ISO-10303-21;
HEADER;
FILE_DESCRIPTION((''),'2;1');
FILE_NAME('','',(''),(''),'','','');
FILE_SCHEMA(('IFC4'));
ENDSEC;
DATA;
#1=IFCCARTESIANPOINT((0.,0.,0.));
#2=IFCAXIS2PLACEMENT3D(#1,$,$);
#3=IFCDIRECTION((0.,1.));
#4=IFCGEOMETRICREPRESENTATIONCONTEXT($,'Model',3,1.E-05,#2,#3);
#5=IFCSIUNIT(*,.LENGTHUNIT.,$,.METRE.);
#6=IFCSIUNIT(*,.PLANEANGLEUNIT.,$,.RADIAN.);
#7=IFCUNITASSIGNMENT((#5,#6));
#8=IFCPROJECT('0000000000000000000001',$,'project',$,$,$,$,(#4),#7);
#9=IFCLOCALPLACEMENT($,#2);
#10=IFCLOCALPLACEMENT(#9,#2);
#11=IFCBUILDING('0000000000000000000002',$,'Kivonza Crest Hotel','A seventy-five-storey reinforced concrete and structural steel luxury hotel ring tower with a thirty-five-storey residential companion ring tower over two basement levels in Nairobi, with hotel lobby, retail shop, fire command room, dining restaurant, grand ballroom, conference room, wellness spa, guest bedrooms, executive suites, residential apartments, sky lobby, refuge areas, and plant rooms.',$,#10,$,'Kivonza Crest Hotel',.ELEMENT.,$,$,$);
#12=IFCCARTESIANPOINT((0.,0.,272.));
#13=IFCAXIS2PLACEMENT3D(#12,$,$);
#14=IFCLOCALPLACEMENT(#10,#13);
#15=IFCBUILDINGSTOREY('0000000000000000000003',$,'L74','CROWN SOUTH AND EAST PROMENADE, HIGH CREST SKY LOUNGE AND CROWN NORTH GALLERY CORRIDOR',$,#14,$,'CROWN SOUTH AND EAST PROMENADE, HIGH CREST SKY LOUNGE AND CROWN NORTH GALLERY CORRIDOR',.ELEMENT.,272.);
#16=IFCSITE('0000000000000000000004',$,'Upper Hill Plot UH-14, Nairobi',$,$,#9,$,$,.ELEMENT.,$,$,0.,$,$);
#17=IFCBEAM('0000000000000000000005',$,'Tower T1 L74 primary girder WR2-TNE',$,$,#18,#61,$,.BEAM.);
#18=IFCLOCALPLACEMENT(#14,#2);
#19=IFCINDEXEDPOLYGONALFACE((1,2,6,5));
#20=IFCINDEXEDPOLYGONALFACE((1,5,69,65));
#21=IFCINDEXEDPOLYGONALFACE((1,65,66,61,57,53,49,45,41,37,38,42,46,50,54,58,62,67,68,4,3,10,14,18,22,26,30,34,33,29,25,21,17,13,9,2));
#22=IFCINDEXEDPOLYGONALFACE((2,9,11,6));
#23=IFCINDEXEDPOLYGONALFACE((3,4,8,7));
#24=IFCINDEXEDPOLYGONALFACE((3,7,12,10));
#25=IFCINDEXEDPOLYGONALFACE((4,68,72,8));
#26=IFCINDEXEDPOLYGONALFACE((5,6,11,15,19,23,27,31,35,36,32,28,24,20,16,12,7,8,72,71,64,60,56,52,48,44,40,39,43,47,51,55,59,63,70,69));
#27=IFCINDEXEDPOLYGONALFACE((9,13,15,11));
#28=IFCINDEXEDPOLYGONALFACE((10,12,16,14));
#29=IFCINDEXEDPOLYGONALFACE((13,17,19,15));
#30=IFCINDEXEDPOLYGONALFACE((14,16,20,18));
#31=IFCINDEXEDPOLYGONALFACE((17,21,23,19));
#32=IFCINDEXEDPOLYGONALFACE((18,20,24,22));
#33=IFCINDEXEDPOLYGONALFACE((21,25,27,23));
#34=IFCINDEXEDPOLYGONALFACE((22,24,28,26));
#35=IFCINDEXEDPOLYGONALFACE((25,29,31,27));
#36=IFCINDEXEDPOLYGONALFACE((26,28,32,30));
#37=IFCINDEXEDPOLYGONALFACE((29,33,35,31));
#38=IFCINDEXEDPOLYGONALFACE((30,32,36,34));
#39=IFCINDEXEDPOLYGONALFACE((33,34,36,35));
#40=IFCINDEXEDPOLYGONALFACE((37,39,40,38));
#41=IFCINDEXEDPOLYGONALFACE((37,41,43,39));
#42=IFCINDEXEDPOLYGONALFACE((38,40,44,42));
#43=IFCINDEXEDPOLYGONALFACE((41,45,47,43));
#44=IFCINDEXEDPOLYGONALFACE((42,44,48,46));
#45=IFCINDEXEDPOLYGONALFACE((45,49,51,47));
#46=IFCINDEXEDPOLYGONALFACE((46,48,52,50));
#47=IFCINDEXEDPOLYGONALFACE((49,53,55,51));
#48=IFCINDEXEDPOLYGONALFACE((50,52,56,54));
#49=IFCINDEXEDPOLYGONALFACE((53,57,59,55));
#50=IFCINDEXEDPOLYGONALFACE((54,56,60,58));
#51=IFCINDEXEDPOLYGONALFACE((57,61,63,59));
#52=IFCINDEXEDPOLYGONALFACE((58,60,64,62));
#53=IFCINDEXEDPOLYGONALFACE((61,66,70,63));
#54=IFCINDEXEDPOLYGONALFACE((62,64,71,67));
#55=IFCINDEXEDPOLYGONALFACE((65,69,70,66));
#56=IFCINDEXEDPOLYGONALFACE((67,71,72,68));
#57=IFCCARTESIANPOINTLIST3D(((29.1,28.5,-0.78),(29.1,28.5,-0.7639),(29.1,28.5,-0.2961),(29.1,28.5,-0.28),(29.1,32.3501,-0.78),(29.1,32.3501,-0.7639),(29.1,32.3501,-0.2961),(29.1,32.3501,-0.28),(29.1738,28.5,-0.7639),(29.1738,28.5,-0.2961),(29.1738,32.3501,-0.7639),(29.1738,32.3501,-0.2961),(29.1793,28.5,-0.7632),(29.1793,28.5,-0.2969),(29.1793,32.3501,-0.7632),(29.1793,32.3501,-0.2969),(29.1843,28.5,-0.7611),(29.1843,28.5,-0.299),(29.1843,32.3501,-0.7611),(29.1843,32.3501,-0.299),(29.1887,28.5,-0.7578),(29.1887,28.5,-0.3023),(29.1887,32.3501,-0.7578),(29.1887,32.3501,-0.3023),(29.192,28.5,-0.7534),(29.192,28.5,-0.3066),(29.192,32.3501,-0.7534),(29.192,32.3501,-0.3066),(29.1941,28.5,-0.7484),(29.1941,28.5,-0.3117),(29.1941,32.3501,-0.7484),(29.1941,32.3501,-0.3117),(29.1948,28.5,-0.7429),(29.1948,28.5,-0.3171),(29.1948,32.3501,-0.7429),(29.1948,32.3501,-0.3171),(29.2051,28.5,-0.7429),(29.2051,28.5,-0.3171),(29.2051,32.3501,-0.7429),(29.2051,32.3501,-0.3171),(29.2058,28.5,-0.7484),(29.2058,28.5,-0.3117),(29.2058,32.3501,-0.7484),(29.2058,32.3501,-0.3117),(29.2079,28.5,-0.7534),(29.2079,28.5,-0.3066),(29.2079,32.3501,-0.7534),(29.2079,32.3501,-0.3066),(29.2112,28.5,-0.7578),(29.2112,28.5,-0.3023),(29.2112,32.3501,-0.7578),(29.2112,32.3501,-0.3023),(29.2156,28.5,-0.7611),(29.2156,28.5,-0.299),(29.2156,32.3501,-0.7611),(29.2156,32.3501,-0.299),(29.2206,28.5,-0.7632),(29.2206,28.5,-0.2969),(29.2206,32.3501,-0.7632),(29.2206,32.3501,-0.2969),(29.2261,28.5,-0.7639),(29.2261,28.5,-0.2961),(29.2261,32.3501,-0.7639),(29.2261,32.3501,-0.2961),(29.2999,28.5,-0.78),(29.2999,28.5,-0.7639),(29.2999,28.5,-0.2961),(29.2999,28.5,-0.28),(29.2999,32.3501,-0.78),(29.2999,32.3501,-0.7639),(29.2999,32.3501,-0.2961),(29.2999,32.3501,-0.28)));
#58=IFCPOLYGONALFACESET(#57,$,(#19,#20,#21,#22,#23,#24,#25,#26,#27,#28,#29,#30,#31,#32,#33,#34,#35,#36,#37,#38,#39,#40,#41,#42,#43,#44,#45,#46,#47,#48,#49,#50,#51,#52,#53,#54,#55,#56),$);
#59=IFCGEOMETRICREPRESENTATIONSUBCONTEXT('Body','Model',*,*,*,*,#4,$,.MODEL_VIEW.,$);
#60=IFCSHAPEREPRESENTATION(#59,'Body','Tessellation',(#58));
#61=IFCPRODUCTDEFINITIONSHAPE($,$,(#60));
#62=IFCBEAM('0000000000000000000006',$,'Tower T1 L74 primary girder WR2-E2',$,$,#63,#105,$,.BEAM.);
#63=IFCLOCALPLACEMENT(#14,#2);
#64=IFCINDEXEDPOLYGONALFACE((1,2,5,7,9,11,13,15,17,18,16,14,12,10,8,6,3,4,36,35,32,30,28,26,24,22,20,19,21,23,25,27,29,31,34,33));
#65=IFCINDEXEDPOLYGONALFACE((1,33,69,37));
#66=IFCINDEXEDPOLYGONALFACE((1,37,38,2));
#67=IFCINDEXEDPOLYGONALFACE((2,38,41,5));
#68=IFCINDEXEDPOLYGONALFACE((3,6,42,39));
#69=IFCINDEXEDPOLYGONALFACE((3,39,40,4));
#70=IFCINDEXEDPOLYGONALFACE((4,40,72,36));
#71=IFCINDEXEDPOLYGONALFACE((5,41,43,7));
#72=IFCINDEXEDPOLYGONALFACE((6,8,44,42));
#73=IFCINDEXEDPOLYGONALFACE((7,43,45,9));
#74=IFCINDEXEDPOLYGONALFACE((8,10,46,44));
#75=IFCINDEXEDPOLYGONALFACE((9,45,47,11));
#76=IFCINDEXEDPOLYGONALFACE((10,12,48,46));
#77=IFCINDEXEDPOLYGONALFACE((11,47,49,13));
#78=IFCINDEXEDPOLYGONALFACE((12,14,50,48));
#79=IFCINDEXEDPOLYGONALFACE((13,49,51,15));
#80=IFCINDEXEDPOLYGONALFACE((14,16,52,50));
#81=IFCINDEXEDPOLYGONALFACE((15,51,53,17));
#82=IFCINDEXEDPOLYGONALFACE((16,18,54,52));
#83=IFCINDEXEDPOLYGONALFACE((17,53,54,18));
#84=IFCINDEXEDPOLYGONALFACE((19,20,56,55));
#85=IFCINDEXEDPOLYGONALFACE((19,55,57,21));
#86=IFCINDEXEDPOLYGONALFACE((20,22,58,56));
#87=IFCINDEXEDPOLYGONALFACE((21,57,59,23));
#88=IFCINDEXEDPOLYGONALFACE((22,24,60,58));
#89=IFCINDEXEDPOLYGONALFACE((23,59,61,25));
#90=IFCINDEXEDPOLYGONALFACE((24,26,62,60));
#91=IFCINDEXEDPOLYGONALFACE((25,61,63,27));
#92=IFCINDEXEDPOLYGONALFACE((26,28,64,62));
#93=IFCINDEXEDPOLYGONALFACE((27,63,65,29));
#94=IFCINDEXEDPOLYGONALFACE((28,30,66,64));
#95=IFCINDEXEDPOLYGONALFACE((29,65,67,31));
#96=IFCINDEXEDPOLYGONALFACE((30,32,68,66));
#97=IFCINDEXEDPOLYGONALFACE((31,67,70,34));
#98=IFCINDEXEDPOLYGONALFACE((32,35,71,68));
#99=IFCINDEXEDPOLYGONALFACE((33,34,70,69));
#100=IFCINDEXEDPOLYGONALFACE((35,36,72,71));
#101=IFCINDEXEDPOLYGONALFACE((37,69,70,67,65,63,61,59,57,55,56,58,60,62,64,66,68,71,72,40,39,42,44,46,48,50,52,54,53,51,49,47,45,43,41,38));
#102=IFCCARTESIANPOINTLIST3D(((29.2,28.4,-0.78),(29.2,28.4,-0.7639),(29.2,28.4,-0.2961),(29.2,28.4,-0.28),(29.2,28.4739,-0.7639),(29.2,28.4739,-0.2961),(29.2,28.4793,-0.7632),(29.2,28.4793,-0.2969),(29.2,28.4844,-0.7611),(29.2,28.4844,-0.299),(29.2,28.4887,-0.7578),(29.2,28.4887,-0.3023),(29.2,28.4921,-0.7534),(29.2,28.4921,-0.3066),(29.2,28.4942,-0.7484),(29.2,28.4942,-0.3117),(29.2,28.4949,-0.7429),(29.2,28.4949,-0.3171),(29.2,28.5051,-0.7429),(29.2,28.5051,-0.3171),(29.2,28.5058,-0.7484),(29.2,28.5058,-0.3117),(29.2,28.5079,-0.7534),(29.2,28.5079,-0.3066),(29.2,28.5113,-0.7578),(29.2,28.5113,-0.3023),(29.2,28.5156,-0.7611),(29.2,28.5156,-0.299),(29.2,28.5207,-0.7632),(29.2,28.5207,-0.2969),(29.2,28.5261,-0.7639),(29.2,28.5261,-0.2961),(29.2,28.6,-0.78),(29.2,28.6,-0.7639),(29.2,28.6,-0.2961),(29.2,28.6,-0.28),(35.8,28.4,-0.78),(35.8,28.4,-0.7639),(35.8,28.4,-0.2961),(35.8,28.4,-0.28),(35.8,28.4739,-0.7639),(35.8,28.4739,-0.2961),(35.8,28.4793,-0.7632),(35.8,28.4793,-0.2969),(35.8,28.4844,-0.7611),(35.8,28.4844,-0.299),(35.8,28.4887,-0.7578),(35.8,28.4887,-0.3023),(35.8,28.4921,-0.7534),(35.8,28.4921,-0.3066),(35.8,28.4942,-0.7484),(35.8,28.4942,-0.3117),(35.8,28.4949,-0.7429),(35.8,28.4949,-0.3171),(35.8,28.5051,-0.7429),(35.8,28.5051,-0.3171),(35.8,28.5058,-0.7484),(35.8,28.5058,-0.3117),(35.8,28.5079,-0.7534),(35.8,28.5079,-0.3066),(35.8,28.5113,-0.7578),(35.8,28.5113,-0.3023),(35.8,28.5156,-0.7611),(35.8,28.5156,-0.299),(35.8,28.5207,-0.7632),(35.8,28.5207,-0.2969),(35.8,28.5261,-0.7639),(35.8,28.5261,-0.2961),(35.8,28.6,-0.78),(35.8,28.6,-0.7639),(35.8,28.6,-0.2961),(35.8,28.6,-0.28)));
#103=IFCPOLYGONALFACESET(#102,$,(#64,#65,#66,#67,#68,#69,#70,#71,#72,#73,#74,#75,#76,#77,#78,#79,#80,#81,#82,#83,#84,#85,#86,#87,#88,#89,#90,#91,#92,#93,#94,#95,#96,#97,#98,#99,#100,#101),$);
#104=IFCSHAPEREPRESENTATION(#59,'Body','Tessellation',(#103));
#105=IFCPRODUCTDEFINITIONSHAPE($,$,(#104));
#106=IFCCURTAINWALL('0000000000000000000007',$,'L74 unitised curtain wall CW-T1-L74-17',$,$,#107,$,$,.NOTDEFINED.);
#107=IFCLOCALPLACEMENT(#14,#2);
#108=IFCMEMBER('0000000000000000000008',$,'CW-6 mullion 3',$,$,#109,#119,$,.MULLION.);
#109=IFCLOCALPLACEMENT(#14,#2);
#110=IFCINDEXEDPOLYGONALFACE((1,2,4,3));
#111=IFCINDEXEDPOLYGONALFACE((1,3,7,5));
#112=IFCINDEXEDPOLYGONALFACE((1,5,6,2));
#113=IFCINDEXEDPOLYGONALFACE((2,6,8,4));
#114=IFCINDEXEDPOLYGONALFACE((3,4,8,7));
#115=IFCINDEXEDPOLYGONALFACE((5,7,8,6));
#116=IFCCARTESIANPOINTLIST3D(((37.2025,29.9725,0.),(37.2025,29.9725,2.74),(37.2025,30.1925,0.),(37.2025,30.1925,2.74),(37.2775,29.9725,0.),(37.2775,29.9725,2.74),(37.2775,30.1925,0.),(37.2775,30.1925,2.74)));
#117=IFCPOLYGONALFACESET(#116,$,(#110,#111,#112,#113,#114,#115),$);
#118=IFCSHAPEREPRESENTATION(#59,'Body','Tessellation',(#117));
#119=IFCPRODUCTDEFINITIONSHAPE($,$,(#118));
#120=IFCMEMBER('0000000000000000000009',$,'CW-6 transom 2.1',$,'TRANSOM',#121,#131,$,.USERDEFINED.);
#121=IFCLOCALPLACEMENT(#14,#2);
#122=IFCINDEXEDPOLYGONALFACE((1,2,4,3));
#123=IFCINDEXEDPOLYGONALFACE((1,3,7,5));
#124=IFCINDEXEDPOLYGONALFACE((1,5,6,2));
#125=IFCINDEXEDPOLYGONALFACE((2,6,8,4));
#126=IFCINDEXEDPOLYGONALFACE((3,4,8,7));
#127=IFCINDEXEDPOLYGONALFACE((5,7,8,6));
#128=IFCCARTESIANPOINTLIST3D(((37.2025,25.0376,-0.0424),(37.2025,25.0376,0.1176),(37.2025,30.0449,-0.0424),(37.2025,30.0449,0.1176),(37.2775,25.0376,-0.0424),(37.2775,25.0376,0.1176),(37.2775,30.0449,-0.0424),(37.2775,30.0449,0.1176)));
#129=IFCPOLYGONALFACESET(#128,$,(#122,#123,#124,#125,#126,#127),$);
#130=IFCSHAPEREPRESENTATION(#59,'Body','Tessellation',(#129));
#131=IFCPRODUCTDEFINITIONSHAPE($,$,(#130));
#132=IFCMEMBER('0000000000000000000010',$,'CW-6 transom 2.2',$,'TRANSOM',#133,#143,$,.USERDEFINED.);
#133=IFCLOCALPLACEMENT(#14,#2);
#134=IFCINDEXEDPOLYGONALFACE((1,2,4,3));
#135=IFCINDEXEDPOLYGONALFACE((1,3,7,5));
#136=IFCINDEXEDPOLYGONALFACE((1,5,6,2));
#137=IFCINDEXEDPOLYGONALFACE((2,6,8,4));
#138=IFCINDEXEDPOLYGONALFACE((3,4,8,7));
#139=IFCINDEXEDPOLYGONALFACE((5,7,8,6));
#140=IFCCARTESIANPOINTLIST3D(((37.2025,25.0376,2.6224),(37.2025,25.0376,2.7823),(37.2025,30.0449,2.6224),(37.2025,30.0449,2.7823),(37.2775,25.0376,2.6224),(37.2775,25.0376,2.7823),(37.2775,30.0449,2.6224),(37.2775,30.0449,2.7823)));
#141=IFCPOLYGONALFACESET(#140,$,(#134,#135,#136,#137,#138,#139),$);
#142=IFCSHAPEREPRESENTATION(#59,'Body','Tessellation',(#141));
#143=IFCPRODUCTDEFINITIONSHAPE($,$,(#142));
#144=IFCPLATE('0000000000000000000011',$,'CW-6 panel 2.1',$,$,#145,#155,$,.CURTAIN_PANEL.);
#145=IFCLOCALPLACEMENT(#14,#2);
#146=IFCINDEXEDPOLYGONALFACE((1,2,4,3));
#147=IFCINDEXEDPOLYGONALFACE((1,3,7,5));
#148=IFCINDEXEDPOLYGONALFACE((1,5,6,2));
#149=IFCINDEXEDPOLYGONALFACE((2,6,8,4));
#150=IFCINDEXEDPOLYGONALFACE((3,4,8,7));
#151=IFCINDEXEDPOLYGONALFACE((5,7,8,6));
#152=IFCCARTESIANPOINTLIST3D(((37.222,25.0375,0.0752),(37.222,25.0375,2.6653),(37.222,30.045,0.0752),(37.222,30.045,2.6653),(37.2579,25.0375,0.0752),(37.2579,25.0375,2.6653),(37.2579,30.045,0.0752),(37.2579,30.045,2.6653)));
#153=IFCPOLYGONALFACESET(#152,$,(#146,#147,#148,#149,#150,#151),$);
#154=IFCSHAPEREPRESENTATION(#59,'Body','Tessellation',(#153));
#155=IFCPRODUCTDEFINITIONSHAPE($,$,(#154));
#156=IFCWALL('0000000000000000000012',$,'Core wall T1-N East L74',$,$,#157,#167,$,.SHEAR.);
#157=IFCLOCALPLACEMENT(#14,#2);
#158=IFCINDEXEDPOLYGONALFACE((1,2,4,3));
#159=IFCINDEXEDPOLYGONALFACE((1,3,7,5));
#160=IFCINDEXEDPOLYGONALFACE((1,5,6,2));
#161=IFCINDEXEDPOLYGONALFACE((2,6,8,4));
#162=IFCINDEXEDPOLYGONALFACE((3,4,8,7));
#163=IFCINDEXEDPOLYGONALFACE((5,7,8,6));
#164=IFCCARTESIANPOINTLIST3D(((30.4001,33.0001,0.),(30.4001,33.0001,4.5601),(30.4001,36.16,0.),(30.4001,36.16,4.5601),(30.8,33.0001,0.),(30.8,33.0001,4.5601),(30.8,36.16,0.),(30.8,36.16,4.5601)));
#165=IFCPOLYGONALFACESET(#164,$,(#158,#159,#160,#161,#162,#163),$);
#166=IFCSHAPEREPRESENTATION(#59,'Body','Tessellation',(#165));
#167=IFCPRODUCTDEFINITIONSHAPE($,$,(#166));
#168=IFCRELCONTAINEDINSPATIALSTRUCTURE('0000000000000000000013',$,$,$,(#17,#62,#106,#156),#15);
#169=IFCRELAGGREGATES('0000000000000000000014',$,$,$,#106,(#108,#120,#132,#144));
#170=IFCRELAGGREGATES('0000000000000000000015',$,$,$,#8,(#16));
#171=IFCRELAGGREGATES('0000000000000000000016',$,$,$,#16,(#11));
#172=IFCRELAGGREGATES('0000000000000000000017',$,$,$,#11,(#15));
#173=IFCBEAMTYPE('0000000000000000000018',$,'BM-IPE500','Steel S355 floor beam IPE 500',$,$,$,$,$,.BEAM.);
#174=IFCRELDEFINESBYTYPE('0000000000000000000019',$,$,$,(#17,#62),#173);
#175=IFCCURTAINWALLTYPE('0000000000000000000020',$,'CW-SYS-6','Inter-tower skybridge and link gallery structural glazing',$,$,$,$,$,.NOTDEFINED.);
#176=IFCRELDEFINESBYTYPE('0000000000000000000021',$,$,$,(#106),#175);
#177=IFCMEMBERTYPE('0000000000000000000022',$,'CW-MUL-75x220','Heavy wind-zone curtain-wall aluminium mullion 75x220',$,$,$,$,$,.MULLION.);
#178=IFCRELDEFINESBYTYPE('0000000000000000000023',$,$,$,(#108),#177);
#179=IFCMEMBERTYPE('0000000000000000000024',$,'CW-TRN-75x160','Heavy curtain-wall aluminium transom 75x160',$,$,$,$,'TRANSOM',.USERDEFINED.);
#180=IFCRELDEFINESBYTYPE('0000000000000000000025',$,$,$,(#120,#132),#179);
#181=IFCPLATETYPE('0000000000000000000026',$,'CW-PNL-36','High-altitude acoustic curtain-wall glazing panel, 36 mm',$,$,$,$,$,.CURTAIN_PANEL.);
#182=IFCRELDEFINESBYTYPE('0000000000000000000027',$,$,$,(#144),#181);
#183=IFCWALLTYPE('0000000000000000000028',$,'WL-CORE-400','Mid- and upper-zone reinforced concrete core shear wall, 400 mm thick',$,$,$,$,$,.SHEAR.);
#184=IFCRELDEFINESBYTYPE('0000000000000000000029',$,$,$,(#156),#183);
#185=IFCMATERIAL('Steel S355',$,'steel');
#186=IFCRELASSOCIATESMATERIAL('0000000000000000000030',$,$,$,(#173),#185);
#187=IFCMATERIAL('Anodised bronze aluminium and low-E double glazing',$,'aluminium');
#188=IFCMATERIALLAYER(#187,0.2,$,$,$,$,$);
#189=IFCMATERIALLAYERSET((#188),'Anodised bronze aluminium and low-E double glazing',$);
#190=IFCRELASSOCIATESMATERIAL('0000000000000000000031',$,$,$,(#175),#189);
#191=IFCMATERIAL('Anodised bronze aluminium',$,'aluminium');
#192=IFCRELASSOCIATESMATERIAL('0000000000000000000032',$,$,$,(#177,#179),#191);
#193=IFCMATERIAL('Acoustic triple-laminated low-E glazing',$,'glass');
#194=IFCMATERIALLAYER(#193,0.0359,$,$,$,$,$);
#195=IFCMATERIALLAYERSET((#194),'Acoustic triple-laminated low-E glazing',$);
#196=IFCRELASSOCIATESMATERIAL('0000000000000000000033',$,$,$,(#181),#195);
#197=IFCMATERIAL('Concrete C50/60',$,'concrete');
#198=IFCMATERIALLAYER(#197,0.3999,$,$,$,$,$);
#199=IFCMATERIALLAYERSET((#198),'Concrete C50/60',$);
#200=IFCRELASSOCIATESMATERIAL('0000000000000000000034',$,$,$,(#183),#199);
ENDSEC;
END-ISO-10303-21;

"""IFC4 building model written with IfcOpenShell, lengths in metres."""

from ifc_helpers import new_model, si_unit, direction, frame, frame_2d, origin, origin_2d, place, context, subcontext, project, spatial, rectangle, i_section, extrude, material, layer, layer_set, material_profile, profile_set, type_object, element, aggregate, save


model = new_model("IFC4")

# Units and contexts
model_context = context("Model", 3, precision=1e-05, world=origin(), true_north=direction((0.0, 1.0)))
body_context = subcontext(model_context, "Body", "Model", "MODEL_VIEW")
ifc_project = project(units=[si_unit("LENGTHUNIT", "METRE"), si_unit("PLANEANGLEUNIT", "RADIAN")], contexts=[model_context])

# Site, building, storey
site_placement = place(None, origin())
site = spatial("IfcSite", under=ifc_project, at=site_placement, Name="Upper Hill Plot UH-14, Nairobi", CompositionType="ELEMENT", RefElevation=0.0)
building_placement = place(site_placement, origin())
building = spatial("IfcBuilding", under=site, at=building_placement, Name="Kivonza Crest Hotel", Description="A seventy-five-storey reinforced concrete and structural steel luxury hotel ring tower with a thirty-five-storey residential companion ring tower over two basement levels in Nairobi, with hotel lobby, retail shop, fire command room, dining restaurant, grand ballroom, conference room, wellness spa, guest bedrooms, executive suites, residential apartments, sky lobby, refuge areas, and plant rooms.", LongName="Kivonza Crest Hotel", CompositionType="ELEMENT")
storey_placement = place(building_placement, frame((0.0, 0.0, 272.0)))
storey = spatial("IfcBuildingStorey", under=building, at=storey_placement, Name="L74", Description="CROWN SOUTH AND EAST PROMENADE, HIGH CREST SKY LOUNGE AND CROWN NORTH GALLERY CORRIDOR", LongName="CROWN SOUTH AND EAST PROMENADE, HIGH CREST SKY LOUNGE AND CROWN NORTH GALLERY CORRIDOR", CompositionType="ELEMENT", Elevation=272.0)

# Shared definitions
ifc_material_1 = material(Name="Concrete C50/60", Category="concrete")

# Beams
ifc_material_2 = material(Name="Steel S355", Category="steel")
ifc_material_profile_1 = material_profile(ifc_material_2, i_section(OverallWidth=0.2, OverallDepth=0.5, WebThickness=0.0103, FlangeThickness=0.0161, FilletRadius=0.021, at=origin_2d()), Name="IPE 500")
ifc_profile_set_1 = profile_set([ifc_material_profile_1], Name="Steel S355")
beam_type_1 = type_object("IfcBeamType", Name="BM-IPE500", Description="Steel S355 floor beam IPE 500", PredefinedType="BEAM", material=ifc_profile_set_1)
beam_1_placement = place(storey_placement, frame((29.2, 28.5, -0.53), z_axis=(0.0, 1.0, 0.0), x_axis=(-1.0, 0.0, 0.0)))
element("IfcBeam", 1, at=beam_1_placement, inside=storey, type_object=beam_type_1, Name="Tower T1 L74 primary girder WR2-TNE", PredefinedType="BEAM", context=body_context, shape_type="SweptSolid", body=[
    extrude(i_section(OverallWidth=0.2, OverallDepth=0.5, WebThickness=0.0103, FlangeThickness=0.0161, FilletRadius=0.021, at=origin_2d()), origin(), (0.0, 0.0, 1.0), 3.8501),
])
beam_2_placement = place(storey_placement, frame((29.2, 28.5, -0.53), z_axis=(1.0, 0.0, 0.0), x_axis=(0.0, 1.0, 0.0)))
element("IfcBeam", 2, at=beam_2_placement, inside=storey, type_object=beam_type_1, Name="Tower T1 L74 primary girder WR2-E2", PredefinedType="BEAM", context=body_context, shape_type="SweptSolid", body=[
    extrude(i_section(OverallWidth=0.2, OverallDepth=0.5, WebThickness=0.0103, FlangeThickness=0.0161, FilletRadius=0.021, at=origin_2d()), origin(), (0.0, 0.0, 1.0), 6.6001),
])

# Curtain wall, members, plate
ifc_material_3 = material(Name="Anodised bronze aluminium and low-E double glazing", Category="aluminium")
ifc_layer_1 = layer(ifc_material_3, 0.2)
ifc_layer_set_1 = layer_set([ifc_layer_1], Name="Anodised bronze aluminium and low-E double glazing")
curtain_wall_type = type_object("IfcCurtainWallType", Name="CW-SYS-6", Description="Inter-tower skybridge and link gallery structural glazing", PredefinedType="NOTDEFINED", material=ifc_layer_set_1)
curtain_wall_placement = place(storey_placement, origin())
curtain_wall = element("IfcCurtainWall", 3, at=curtain_wall_placement, inside=storey, type_object=curtain_wall_type, Name="L74 unitised curtain wall CW-T1-L74-17", PredefinedType="NOTDEFINED")
ifc_material_4 = material(Name="Anodised bronze aluminium", Category="aluminium")
ifc_material_profile_2 = material_profile(ifc_material_4, rectangle(XDim=0.075, YDim=0.22, at=origin_2d()), Name="CW-M 75x220")
ifc_profile_set_2 = profile_set([ifc_material_profile_2], Name="Anodised bronze aluminium")
member_type_1 = type_object("IfcMemberType", Name="CW-MUL-75x220", Description="Heavy wind-zone curtain-wall aluminium mullion 75x220", PredefinedType="MULLION", material=ifc_profile_set_2)
member_1_placement = place(storey_placement, frame((37.24, 30.0825, 0.0), z_axis=(0.0, 0.0, 1.0), x_axis=(-1.0, 0.0, 0.0)))
member_1 = element("IfcMember", 4, at=member_1_placement, type_object=member_type_1, Name="CW-6 mullion 3", PredefinedType="MULLION", context=body_context, shape_type="SweptSolid", body=[
    extrude(rectangle(XDim=0.075, YDim=0.22, at=origin_2d()), origin(), (0.0, 0.0, 1.0), 2.74),
])
ifc_material_profile_3 = material_profile(ifc_material_4, rectangle(XDim=0.075, YDim=0.1599, at=origin_2d()), Name="CW-T 75x160")
ifc_profile_set_3 = profile_set([ifc_material_profile_3], Name="Anodised bronze aluminium")
member_type_2 = type_object("IfcMemberType", Name="CW-TRN-75x160", Description="Heavy curtain-wall aluminium transom 75x160", ElementType="TRANSOM", PredefinedType="USERDEFINED", material=ifc_profile_set_3)
member_2_placement = place(storey_placement, frame((37.24, 25.0376, 0.0376), z_axis=(0.0, 1.0, 0.0), x_axis=(-1.0, 0.0, 0.0)))
member_2 = element("IfcMember", 5, at=member_2_placement, type_object=member_type_2, Name="CW-6 transom 2.1", ObjectType="TRANSOM", PredefinedType="USERDEFINED", context=body_context, shape_type="SweptSolid", body=[
    extrude(rectangle(XDim=0.075, YDim=0.1599, at=origin_2d()), origin(), (0.0, 0.0, 1.0), 5.0073),
])
member_3_placement = place(storey_placement, frame((37.24, 25.0376, 2.7024), z_axis=(0.0, 1.0, 0.0), x_axis=(-1.0, 0.0, 0.0)))
member_3 = element("IfcMember", 6, at=member_3_placement, type_object=member_type_2, Name="CW-6 transom 2.2", ObjectType="TRANSOM", PredefinedType="USERDEFINED", context=body_context, shape_type="SweptSolid", body=[
    extrude(rectangle(XDim=0.075, YDim=0.1599, at=origin_2d()), origin(), (0.0, 0.0, 1.0), 5.0073),
])
ifc_material_5 = material(Name="Acoustic triple-laminated low-E glazing", Category="glass")
ifc_layer_2 = layer(ifc_material_5, 0.0359)
ifc_layer_set_2 = layer_set([ifc_layer_2], Name="Acoustic triple-laminated low-E glazing")
plate_type = type_object("IfcPlateType", Name="CW-PNL-36", Description="High-altitude acoustic curtain-wall glazing panel, 36 mm", PredefinedType="CURTAIN_PANEL", material=ifc_layer_set_2)
plate_placement = place(storey_placement, frame((37.24, 27.5413, 0.0752), z_axis=(0.0, 0.0, 1.0), x_axis=(0.0, 1.0, 0.0)))
plate = element("IfcPlate", 7, at=plate_placement, type_object=plate_type, Name="CW-6 panel 2.1", PredefinedType="CURTAIN_PANEL", context=body_context, shape_type="SweptSolid", body=[
    extrude(rectangle(XDim=5.0076, YDim=0.0359, at=origin_2d()), origin(), (0.0, 0.0, 1.0), 2.5901),
])
aggregate(curtain_wall, [member_1, member_2, member_3, plate])

# Wall
ifc_layer_3 = layer(ifc_material_1, 0.3999)
ifc_layer_set_3 = layer_set([ifc_layer_3], Name="Concrete C50/60")
wall_type_1 = type_object("IfcWallType", Name="WL-CORE-400", Description="Mid- and upper-zone reinforced concrete core shear wall, 400 mm thick", PredefinedType="SHEAR", material=ifc_layer_set_3)
wall_1_placement = place(storey_placement, frame((30.6001, 33.0, 0.0), z_axis=(0.0, 0.0, 1.0), x_axis=(0.0, 1.0, 0.0)))
element("IfcWall", 8, at=wall_1_placement, inside=storey, type_object=wall_type_1, Name="Core wall T1-N East L74", PredefinedType="SHEAR", context=body_context, shape_type="SweptSolid", body=[
    extrude(rectangle(XDim=3.1599, YDim=0.3999, at=frame_2d((1.5801, 0.0))), origin(), (0.0, 0.0, 1.0), 4.5601),
])

save(model, "model.ifc")
